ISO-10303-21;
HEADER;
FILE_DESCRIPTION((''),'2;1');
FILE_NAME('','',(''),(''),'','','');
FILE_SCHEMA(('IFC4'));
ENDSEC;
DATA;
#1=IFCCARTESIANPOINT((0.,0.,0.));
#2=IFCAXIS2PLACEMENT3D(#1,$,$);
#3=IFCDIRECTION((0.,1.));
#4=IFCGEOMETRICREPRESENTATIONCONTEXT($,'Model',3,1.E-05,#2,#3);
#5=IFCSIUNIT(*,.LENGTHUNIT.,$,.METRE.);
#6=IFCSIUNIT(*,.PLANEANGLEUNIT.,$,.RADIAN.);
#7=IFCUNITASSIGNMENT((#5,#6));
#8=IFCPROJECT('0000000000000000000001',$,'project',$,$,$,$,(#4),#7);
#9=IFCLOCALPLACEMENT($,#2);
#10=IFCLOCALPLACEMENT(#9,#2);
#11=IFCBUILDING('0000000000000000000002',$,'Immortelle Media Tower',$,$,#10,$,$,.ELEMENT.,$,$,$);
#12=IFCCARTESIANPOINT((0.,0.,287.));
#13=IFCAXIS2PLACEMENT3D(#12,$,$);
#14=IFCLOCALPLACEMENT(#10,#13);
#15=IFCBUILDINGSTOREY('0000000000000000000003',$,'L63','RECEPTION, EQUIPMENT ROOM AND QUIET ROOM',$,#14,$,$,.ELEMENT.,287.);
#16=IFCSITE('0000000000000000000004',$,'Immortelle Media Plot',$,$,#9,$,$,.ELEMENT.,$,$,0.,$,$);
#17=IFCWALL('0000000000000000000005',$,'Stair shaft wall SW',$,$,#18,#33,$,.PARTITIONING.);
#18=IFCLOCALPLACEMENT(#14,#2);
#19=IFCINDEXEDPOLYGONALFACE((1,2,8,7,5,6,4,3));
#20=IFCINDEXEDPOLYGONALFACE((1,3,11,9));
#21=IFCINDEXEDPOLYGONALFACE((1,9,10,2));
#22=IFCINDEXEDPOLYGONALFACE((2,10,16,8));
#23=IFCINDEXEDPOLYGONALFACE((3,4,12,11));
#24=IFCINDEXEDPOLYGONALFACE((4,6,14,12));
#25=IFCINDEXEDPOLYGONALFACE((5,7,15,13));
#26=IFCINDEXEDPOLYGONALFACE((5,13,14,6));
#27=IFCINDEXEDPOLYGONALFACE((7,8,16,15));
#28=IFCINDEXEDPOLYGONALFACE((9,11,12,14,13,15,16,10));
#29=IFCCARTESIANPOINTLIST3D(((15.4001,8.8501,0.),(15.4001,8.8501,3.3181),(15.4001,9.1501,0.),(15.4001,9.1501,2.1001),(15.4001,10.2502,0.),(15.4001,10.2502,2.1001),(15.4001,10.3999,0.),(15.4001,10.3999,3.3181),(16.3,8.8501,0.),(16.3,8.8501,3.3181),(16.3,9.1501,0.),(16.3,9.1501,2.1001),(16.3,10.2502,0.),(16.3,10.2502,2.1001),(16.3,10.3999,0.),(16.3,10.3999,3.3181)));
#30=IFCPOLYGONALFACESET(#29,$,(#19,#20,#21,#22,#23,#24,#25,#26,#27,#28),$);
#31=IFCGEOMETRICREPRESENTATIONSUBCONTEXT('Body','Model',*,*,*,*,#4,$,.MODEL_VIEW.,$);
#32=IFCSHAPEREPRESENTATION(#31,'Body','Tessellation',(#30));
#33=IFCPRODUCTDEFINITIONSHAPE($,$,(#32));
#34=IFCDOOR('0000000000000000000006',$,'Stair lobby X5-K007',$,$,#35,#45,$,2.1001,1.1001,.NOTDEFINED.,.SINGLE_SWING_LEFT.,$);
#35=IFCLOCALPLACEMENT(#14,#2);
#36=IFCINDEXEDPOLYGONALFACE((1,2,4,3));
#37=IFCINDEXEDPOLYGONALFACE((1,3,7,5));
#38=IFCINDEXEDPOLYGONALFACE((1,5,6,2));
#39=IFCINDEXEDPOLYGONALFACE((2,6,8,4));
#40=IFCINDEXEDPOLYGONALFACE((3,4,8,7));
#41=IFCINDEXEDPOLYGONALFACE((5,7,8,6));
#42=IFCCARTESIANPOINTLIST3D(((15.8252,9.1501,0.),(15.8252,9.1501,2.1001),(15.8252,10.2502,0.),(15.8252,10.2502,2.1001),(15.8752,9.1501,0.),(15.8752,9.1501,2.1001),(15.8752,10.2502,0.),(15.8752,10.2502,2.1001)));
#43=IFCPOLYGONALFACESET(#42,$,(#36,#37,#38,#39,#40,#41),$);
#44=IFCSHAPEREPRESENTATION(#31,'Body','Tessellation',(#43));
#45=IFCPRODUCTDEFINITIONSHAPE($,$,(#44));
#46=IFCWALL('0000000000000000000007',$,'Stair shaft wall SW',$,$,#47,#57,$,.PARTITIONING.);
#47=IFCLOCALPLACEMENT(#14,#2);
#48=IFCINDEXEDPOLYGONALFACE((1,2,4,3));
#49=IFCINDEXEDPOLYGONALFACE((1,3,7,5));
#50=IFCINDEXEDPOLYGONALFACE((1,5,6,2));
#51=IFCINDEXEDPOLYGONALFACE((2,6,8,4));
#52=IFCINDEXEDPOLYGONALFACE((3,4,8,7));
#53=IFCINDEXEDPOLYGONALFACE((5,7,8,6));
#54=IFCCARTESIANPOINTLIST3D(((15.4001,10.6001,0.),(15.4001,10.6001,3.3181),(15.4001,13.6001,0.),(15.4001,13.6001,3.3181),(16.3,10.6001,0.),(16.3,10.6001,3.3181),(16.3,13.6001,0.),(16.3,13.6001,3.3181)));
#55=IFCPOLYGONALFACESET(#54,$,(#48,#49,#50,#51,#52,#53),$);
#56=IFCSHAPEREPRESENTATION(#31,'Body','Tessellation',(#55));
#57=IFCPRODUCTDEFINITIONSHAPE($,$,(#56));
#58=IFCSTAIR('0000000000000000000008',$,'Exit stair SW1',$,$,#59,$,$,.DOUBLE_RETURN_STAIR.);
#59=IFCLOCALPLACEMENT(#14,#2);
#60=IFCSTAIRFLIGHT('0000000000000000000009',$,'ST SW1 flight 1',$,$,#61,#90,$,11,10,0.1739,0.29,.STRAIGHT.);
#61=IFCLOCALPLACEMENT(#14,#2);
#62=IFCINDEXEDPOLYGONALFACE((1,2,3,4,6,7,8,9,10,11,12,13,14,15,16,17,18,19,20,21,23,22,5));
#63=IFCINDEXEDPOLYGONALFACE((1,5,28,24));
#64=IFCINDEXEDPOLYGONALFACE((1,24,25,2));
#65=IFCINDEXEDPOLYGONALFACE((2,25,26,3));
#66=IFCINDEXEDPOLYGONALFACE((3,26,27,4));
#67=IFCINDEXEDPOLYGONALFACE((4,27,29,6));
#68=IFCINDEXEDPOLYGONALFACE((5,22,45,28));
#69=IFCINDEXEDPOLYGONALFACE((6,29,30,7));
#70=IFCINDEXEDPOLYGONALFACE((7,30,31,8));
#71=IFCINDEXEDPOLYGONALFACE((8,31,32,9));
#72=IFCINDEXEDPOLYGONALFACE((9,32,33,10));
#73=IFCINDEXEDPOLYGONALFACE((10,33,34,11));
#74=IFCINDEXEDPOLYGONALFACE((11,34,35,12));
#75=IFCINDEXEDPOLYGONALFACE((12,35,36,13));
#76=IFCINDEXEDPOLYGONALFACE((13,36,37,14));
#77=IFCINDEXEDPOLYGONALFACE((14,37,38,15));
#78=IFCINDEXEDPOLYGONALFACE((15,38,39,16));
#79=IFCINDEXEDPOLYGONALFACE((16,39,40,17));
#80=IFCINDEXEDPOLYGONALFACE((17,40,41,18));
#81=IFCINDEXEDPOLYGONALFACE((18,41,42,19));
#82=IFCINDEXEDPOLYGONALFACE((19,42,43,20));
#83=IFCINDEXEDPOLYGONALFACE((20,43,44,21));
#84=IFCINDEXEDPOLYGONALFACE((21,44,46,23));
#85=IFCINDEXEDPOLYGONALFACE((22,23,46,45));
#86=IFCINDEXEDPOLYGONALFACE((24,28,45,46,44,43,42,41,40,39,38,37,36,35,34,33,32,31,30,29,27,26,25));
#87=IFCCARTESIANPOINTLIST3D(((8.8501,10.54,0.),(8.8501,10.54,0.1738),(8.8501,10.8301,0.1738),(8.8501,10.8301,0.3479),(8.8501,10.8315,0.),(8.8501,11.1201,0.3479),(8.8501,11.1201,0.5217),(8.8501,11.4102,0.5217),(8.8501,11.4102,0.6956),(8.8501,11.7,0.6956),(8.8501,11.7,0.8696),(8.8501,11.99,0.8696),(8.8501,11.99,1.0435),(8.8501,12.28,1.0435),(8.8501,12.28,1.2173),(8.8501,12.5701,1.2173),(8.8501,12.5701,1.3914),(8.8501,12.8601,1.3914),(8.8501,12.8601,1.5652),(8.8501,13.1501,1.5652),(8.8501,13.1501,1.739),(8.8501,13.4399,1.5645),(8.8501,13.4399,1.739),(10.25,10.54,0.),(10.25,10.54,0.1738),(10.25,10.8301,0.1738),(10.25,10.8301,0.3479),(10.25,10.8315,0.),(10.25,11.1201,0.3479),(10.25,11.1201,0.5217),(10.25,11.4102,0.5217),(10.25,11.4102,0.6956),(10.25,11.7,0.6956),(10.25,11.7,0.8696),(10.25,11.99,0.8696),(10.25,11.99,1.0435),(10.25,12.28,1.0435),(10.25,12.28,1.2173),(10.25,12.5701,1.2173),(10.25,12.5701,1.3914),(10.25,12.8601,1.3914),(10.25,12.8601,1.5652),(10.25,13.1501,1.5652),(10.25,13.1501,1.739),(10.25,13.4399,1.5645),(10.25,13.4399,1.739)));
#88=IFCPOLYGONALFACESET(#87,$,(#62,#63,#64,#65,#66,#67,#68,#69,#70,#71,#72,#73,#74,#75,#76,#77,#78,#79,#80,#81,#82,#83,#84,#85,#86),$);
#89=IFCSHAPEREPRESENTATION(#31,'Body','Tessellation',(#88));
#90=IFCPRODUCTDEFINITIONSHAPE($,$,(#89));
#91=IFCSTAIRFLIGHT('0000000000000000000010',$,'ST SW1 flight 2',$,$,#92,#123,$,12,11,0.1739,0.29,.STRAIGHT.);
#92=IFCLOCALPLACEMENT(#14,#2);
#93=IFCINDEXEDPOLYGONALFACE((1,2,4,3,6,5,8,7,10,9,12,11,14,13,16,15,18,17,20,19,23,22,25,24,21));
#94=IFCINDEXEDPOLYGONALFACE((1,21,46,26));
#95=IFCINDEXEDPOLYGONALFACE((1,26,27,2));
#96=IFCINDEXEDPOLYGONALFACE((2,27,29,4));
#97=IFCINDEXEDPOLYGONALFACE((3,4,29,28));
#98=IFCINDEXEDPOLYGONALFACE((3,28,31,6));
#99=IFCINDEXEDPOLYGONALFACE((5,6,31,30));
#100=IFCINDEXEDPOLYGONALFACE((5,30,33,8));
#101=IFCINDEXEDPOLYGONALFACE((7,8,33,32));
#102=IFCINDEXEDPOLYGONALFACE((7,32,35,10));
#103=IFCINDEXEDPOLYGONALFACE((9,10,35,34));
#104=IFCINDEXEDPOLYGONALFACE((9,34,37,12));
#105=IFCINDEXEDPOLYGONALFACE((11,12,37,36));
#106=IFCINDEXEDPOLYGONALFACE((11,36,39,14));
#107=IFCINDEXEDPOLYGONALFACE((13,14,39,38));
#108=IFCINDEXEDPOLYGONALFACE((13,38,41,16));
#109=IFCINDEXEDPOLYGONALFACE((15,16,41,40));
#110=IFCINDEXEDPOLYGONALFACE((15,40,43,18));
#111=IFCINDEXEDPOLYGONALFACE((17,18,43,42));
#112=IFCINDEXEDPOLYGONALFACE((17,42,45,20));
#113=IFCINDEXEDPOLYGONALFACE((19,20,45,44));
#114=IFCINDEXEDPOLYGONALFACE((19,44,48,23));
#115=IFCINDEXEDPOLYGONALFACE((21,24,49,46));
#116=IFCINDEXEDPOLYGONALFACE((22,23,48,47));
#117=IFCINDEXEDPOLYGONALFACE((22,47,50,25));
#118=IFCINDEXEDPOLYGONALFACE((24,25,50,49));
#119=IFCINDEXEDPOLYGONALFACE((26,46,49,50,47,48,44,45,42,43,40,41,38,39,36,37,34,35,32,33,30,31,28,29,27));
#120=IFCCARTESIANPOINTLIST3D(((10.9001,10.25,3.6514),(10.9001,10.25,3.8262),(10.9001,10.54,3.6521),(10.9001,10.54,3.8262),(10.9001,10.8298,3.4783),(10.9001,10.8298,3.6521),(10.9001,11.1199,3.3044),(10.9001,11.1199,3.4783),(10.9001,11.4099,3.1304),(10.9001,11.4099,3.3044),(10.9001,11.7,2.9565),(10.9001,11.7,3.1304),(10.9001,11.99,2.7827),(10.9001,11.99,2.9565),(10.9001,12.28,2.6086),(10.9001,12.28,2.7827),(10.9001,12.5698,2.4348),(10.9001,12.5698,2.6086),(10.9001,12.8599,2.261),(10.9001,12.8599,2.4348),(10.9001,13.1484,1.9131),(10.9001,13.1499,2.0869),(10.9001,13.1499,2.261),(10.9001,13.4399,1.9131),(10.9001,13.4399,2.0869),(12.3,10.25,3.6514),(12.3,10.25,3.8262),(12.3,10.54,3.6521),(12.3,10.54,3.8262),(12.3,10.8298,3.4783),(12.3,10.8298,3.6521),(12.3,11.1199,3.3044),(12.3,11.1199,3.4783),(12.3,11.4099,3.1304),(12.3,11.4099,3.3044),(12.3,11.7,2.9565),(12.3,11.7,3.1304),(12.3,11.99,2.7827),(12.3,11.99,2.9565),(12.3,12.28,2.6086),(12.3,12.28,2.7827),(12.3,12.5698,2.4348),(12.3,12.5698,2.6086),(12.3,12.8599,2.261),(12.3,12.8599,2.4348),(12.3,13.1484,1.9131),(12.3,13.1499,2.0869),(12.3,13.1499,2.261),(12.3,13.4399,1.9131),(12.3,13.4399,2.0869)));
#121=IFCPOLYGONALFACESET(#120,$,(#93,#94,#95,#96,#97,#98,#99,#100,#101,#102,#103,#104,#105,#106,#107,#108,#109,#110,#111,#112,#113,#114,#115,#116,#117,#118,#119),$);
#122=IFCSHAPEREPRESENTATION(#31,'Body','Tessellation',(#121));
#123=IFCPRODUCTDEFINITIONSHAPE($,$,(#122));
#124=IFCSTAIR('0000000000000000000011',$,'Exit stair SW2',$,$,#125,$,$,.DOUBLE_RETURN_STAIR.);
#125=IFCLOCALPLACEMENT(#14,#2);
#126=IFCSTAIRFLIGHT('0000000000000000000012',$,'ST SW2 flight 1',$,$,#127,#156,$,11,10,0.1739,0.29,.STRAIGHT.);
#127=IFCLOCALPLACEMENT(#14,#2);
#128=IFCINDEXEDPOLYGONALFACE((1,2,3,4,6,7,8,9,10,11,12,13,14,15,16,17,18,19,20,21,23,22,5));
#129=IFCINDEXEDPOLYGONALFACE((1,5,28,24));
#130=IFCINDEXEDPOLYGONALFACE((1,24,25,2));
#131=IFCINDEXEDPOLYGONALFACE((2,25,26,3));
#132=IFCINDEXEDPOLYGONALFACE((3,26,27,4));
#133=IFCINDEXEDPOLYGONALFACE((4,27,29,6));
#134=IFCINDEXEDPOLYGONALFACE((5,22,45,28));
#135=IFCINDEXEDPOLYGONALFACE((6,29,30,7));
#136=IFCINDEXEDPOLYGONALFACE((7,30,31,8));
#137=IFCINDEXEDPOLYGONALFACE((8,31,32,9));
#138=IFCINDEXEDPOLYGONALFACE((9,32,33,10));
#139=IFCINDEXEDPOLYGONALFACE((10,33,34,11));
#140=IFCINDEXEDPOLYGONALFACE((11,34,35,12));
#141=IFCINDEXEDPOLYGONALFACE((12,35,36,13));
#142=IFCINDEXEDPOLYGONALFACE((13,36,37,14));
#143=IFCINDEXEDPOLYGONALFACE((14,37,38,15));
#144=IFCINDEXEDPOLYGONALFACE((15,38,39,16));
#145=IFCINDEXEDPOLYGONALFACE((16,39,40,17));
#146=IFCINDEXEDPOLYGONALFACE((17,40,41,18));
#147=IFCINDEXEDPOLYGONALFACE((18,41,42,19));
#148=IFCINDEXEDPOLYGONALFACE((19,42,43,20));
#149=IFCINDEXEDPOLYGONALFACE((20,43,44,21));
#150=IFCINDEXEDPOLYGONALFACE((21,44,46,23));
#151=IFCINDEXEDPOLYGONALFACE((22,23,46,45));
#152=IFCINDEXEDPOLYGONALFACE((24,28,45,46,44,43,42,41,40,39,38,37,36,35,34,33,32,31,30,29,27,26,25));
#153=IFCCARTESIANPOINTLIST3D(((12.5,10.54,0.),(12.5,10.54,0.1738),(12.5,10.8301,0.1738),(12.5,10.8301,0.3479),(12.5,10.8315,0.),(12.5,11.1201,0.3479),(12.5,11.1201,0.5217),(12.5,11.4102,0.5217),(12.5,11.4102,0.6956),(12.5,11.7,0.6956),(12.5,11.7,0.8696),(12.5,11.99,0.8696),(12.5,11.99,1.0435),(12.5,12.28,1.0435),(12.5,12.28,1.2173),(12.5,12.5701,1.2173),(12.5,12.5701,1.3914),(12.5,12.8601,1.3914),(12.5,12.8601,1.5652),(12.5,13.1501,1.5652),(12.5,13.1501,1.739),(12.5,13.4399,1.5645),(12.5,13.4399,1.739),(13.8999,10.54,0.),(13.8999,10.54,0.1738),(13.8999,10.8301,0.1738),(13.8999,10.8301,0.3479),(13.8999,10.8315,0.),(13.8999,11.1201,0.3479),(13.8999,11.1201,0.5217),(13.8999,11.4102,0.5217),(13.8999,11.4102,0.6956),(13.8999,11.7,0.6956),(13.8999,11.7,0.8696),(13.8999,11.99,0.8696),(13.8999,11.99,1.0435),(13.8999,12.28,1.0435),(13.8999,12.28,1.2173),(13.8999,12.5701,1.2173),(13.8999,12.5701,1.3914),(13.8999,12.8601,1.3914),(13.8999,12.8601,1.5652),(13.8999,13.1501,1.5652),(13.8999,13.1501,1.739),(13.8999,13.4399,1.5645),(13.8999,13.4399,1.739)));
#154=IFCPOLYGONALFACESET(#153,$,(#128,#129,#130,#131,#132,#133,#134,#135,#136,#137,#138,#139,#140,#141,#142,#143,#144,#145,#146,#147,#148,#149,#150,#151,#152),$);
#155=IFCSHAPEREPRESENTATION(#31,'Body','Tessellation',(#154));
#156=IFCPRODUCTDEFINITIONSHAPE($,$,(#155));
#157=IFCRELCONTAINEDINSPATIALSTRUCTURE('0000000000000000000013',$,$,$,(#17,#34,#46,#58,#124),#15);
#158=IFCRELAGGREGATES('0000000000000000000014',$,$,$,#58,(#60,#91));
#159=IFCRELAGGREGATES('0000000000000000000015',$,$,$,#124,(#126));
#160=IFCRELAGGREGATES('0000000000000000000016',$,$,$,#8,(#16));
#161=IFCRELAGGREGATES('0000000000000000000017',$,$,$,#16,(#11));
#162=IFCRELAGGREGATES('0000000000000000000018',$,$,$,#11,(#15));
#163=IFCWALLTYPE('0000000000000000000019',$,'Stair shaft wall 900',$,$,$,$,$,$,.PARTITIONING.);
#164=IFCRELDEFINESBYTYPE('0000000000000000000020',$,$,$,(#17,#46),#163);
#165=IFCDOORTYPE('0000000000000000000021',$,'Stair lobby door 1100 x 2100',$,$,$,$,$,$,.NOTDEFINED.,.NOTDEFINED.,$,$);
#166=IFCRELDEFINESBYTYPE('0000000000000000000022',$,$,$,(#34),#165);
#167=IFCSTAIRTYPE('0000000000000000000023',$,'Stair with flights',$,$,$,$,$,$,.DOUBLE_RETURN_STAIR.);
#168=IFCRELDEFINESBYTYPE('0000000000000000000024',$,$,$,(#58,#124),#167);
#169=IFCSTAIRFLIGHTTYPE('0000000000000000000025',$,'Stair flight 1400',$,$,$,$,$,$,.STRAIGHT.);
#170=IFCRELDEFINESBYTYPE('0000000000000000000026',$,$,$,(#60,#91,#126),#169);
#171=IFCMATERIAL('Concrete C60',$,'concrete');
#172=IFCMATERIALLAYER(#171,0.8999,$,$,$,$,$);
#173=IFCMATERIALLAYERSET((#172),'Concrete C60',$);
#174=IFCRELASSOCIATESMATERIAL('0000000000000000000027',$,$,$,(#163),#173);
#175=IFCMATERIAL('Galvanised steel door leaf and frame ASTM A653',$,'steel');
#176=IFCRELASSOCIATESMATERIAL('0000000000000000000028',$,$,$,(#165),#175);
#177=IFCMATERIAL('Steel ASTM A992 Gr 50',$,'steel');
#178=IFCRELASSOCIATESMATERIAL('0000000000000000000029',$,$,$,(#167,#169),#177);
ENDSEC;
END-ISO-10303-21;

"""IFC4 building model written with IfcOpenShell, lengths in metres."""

from ifc_helpers import new_model, si_unit, direction, frame, frame_2d, origin, place, context, subcontext, project, spatial, polyline, rectangle, outline, extrude, material, layer, layer_set, type_object, element, fill, aggregate, save


model = new_model("IFC4")

# Units and contexts
model_context = context("Model", 3, precision=1e-05, world=origin(), true_north=direction((0.0, 1.0)))
body_context = subcontext(model_context, "Body", "Model", "MODEL_VIEW")
ifc_project = project(units=[si_unit("LENGTHUNIT", "METRE"), si_unit("PLANEANGLEUNIT", "RADIAN")], contexts=[model_context])

# Site, building, storey
site_placement = place(None, origin())
site = spatial("IfcSite", under=ifc_project, at=site_placement, Name="Immortelle Media Plot", CompositionType="ELEMENT", RefElevation=0.0)
building_placement = place(site_placement, origin())
building = spatial("IfcBuilding", under=site, at=building_placement, Name="Immortelle Media Tower", CompositionType="ELEMENT")
storey_placement = place(building_placement, frame((0.0, 0.0, 287.0)))
storey = spatial("IfcBuildingStorey", under=building, at=storey_placement, Name="L63", Description="RECEPTION, EQUIPMENT ROOM AND QUIET ROOM", CompositionType="ELEMENT", Elevation=287.0)

# Shared definitions
ifc_material_1 = material(Name="Steel ASTM A992 Gr 50", Category="steel")

# Shared definitions
ifc_material_2 = material(Name="Concrete C60", Category="concrete")

# Wall, opening, door
ifc_layer_1 = layer(ifc_material_2, 0.8999)
ifc_layer_set_1 = layer_set([ifc_layer_1], Name="Concrete C60")
wall_type_1 = type_object("IfcWallType", Name="Stair shaft wall 900", PredefinedType="PARTITIONING", material=ifc_layer_set_1)
wall_1_placement = place(storey_placement, frame((15.8501, 8.8501, 0.0), z_axis=(0.0, 0.0, 1.0), x_axis=(0.0, 1.0, 0.0)))
wall_1 = element("IfcWall", 1, at=wall_1_placement, inside=storey, type_object=wall_type_1, Name="Stair shaft wall SW", PredefinedType="PARTITIONING", context=body_context, shape_type="SweptSolid", body=[
    extrude(rectangle(XDim=1.5498, YDim=0.8999, at=frame_2d((0.7749, 0.0))), origin(), (0.0, 0.0, 1.0), 3.3181),
])
opening_1_placement = place(wall_1_placement, frame((0.3, 0.0, 0.0)))
opening_1 = element("IfcOpeningElement", 2, at=opening_1_placement, cuts=wall_1, PredefinedType="OPENING", context=body_context, shape_type="SweptSolid", body=[
    extrude(rectangle(XDim=1.1001, YDim=2.1001, at=frame_2d((0.55, 1.05))), frame((0.0, 0.46, 0.0), z_axis=(0.0, -1.0, 0.0), x_axis=(1.0, 0.0, 0.0)), (0.0, 0.0, 1.0), 0.9199),
])
ifc_material_3 = material(Name="Galvanised steel door leaf and frame ASTM A653", Category="steel")
door_type_1 = type_object("IfcDoorType", Name="Stair lobby door 1100 x 2100", OperationType="NOTDEFINED", PredefinedType="NOTDEFINED", material=ifc_material_3)
door_1_placement = place(opening_1_placement, origin())
door_1 = element("IfcDoor", 3, at=door_1_placement, inside=storey, type_object=door_type_1, Name="Stair lobby X5-K007", OperationType="SINGLE_SWING_LEFT", OverallHeight=2.1001, OverallWidth=1.1001, PredefinedType="NOTDEFINED", context=body_context, shape_type="SweptSolid", body=[
    extrude(rectangle(XDim=1.1001, YDim=2.1001, at=frame_2d((0.55, 1.05))), frame((0.0, 0.0249, 0.0), z_axis=(0.0, -1.0, 0.0), x_axis=(1.0, 0.0, 0.0)), (0.0, 0.0, 1.0), 0.05),
])
fill(opening_1, door_1)

# Wall
wall_2_placement = place(storey_placement, frame((15.8501, 10.6001, 0.0), z_axis=(0.0, 0.0, 1.0), x_axis=(0.0, 1.0, 0.0)))
element("IfcWall", 4, at=wall_2_placement, inside=storey, type_object=wall_type_1, Name="Stair shaft wall SW", PredefinedType="PARTITIONING", context=body_context, shape_type="SweptSolid", body=[
    extrude(rectangle(XDim=3.0, YDim=0.8999, at=frame_2d((1.5, 0.0))), origin(), (0.0, 0.0, 1.0), 3.3181),
])

# Stairs, stair flights
stair_type = type_object("IfcStairType", Name="Stair with flights", PredefinedType="DOUBLE_RETURN_STAIR", material=ifc_material_1)
stair_1_placement = place(storey_placement, origin())
stair_1 = element("IfcStair", 5, at=stair_1_placement, inside=storey, type_object=stair_type, Name="Exit stair SW1", PredefinedType="DOUBLE_RETURN_STAIR")
stair_flight_type = type_object("IfcStairFlightType", Name="Stair flight 1400", PredefinedType="STRAIGHT", material=ifc_material_1)
stair_flight_1_placement = place(storey_placement, frame((9.55, 10.54, 0.0), z_axis=(0.0, 0.0, 1.0), x_axis=(0.0, 1.0, 0.0)))
stair_flight_1 = element("IfcStairFlight", 6, at=stair_flight_1_placement, type_object=stair_flight_type, Name="ST SW1 flight 1", NumberOfRisers=11, NumberOfTreads=10, PredefinedType="STRAIGHT", RiserHeight=0.1739, TreadLength=0.29, context=body_context, shape_type="SweptSolid", body=[
    extrude(outline(polyline([(0.0, 0.0), (0.0, 0.1738), (0.29, 0.1738), (0.29, 0.3479), (0.5801, 0.3479), (0.5801, 0.5217), (0.8701, 0.5217), (0.8701, 0.6956), (1.1599, 0.6956), (1.1599, 0.8696), (1.45, 0.8696), (1.45, 1.0435), (1.74, 1.0435), (1.74, 1.2173), (2.03, 1.2173), (2.03, 1.3914), (2.3201, 1.3914), (2.3201, 1.5652), (2.6101, 1.5652), (2.6101, 1.739), (2.8999, 1.739), (2.8999, 1.9131), (2.8999, 1.5645), (0.2915, 0.0), (0.0, 0.0)])), frame((0.0, 0.7, 0.0), z_axis=(0.0, -1.0, 0.0), x_axis=(1.0, 0.0, 0.0)), (0.0, 0.0, 1.0), 1.3999),
])
stair_flight_2_placement = place(storey_placement, frame((11.6001, 13.4399, 1.9131), z_axis=(0.0, 0.0, 1.0), x_axis=(0.0, -1.0, 0.0)))
stair_flight_2 = element("IfcStairFlight", 7, at=stair_flight_2_placement, type_object=stair_flight_type, Name="ST SW1 flight 2", NumberOfRisers=12, NumberOfTreads=11, PredefinedType="STRAIGHT", RiserHeight=0.1739, TreadLength=0.29, context=body_context, shape_type="SweptSolid", body=[
    extrude(outline(polyline([(0.0, 0.0), (0.0, 0.1738), (0.29, 0.1738), (0.29, 0.3479), (0.5801, 0.3479), (0.5801, 0.5217), (0.8701, 0.5217), (0.8701, 0.6956), (1.1599, 0.6956), (1.1599, 0.8696), (1.45, 0.8696), (1.45, 1.0435), (1.74, 1.0435), (1.74, 1.2173), (2.03, 1.2173), (2.03, 1.3914), (2.3201, 1.3914), (2.3201, 1.5652), (2.6101, 1.5652), (2.6101, 1.739), (2.8999, 1.739), (2.8999, 1.9131), (3.1899, 1.9131), (3.1899, 2.0869), (3.1899, 1.7383), (0.2915, 0.0), (0.0, 0.0)])), frame((0.0, 0.7, 0.0), z_axis=(0.0, -1.0, 0.0), x_axis=(1.0, 0.0, 0.0)), (0.0, 0.0, 1.0), 1.3999),
])
aggregate(stair_1, [stair_flight_1, stair_flight_2])
stair_2_placement = place(storey_placement, origin())
stair_2 = element("IfcStair", 8, at=stair_2_placement, inside=storey, type_object=stair_type, Name="Exit stair SW2", PredefinedType="DOUBLE_RETURN_STAIR")
stair_flight_3_placement = place(storey_placement, frame((13.2, 10.54, 0.0), z_axis=(0.0, 0.0, 1.0), x_axis=(0.0, 1.0, 0.0)))
stair_flight_3 = element("IfcStairFlight", 9, at=stair_flight_3_placement, type_object=stair_flight_type, Name="ST SW2 flight 1", NumberOfRisers=11, NumberOfTreads=10, PredefinedType="STRAIGHT", RiserHeight=0.1739, TreadLength=0.29, context=body_context, shape_type="SweptSolid", body=[
    extrude(outline(polyline([(0.0, 0.0), (0.0, 0.1738), (0.29, 0.1738), (0.29, 0.3479), (0.5801, 0.3479), (0.5801, 0.5217), (0.8701, 0.5217), (0.8701, 0.6956), (1.1599, 0.6956), (1.1599, 0.8696), (1.45, 0.8696), (1.45, 1.0435), (1.74, 1.0435), (1.74, 1.2173), (2.03, 1.2173), (2.03, 1.3914), (2.3201, 1.3914), (2.3201, 1.5652), (2.6101, 1.5652), (2.6101, 1.739), (2.8999, 1.739), (2.8999, 1.9131), (2.8999, 1.5645), (0.2915, 0.0), (0.0, 0.0)])), frame((0.0, 0.7, 0.0), z_axis=(0.0, -1.0, 0.0), x_axis=(1.0, 0.0, 0.0)), (0.0, 0.0, 1.0), 1.3999),
])
aggregate(stair_2, [stair_flight_3])

save(model, "model.ifc")
